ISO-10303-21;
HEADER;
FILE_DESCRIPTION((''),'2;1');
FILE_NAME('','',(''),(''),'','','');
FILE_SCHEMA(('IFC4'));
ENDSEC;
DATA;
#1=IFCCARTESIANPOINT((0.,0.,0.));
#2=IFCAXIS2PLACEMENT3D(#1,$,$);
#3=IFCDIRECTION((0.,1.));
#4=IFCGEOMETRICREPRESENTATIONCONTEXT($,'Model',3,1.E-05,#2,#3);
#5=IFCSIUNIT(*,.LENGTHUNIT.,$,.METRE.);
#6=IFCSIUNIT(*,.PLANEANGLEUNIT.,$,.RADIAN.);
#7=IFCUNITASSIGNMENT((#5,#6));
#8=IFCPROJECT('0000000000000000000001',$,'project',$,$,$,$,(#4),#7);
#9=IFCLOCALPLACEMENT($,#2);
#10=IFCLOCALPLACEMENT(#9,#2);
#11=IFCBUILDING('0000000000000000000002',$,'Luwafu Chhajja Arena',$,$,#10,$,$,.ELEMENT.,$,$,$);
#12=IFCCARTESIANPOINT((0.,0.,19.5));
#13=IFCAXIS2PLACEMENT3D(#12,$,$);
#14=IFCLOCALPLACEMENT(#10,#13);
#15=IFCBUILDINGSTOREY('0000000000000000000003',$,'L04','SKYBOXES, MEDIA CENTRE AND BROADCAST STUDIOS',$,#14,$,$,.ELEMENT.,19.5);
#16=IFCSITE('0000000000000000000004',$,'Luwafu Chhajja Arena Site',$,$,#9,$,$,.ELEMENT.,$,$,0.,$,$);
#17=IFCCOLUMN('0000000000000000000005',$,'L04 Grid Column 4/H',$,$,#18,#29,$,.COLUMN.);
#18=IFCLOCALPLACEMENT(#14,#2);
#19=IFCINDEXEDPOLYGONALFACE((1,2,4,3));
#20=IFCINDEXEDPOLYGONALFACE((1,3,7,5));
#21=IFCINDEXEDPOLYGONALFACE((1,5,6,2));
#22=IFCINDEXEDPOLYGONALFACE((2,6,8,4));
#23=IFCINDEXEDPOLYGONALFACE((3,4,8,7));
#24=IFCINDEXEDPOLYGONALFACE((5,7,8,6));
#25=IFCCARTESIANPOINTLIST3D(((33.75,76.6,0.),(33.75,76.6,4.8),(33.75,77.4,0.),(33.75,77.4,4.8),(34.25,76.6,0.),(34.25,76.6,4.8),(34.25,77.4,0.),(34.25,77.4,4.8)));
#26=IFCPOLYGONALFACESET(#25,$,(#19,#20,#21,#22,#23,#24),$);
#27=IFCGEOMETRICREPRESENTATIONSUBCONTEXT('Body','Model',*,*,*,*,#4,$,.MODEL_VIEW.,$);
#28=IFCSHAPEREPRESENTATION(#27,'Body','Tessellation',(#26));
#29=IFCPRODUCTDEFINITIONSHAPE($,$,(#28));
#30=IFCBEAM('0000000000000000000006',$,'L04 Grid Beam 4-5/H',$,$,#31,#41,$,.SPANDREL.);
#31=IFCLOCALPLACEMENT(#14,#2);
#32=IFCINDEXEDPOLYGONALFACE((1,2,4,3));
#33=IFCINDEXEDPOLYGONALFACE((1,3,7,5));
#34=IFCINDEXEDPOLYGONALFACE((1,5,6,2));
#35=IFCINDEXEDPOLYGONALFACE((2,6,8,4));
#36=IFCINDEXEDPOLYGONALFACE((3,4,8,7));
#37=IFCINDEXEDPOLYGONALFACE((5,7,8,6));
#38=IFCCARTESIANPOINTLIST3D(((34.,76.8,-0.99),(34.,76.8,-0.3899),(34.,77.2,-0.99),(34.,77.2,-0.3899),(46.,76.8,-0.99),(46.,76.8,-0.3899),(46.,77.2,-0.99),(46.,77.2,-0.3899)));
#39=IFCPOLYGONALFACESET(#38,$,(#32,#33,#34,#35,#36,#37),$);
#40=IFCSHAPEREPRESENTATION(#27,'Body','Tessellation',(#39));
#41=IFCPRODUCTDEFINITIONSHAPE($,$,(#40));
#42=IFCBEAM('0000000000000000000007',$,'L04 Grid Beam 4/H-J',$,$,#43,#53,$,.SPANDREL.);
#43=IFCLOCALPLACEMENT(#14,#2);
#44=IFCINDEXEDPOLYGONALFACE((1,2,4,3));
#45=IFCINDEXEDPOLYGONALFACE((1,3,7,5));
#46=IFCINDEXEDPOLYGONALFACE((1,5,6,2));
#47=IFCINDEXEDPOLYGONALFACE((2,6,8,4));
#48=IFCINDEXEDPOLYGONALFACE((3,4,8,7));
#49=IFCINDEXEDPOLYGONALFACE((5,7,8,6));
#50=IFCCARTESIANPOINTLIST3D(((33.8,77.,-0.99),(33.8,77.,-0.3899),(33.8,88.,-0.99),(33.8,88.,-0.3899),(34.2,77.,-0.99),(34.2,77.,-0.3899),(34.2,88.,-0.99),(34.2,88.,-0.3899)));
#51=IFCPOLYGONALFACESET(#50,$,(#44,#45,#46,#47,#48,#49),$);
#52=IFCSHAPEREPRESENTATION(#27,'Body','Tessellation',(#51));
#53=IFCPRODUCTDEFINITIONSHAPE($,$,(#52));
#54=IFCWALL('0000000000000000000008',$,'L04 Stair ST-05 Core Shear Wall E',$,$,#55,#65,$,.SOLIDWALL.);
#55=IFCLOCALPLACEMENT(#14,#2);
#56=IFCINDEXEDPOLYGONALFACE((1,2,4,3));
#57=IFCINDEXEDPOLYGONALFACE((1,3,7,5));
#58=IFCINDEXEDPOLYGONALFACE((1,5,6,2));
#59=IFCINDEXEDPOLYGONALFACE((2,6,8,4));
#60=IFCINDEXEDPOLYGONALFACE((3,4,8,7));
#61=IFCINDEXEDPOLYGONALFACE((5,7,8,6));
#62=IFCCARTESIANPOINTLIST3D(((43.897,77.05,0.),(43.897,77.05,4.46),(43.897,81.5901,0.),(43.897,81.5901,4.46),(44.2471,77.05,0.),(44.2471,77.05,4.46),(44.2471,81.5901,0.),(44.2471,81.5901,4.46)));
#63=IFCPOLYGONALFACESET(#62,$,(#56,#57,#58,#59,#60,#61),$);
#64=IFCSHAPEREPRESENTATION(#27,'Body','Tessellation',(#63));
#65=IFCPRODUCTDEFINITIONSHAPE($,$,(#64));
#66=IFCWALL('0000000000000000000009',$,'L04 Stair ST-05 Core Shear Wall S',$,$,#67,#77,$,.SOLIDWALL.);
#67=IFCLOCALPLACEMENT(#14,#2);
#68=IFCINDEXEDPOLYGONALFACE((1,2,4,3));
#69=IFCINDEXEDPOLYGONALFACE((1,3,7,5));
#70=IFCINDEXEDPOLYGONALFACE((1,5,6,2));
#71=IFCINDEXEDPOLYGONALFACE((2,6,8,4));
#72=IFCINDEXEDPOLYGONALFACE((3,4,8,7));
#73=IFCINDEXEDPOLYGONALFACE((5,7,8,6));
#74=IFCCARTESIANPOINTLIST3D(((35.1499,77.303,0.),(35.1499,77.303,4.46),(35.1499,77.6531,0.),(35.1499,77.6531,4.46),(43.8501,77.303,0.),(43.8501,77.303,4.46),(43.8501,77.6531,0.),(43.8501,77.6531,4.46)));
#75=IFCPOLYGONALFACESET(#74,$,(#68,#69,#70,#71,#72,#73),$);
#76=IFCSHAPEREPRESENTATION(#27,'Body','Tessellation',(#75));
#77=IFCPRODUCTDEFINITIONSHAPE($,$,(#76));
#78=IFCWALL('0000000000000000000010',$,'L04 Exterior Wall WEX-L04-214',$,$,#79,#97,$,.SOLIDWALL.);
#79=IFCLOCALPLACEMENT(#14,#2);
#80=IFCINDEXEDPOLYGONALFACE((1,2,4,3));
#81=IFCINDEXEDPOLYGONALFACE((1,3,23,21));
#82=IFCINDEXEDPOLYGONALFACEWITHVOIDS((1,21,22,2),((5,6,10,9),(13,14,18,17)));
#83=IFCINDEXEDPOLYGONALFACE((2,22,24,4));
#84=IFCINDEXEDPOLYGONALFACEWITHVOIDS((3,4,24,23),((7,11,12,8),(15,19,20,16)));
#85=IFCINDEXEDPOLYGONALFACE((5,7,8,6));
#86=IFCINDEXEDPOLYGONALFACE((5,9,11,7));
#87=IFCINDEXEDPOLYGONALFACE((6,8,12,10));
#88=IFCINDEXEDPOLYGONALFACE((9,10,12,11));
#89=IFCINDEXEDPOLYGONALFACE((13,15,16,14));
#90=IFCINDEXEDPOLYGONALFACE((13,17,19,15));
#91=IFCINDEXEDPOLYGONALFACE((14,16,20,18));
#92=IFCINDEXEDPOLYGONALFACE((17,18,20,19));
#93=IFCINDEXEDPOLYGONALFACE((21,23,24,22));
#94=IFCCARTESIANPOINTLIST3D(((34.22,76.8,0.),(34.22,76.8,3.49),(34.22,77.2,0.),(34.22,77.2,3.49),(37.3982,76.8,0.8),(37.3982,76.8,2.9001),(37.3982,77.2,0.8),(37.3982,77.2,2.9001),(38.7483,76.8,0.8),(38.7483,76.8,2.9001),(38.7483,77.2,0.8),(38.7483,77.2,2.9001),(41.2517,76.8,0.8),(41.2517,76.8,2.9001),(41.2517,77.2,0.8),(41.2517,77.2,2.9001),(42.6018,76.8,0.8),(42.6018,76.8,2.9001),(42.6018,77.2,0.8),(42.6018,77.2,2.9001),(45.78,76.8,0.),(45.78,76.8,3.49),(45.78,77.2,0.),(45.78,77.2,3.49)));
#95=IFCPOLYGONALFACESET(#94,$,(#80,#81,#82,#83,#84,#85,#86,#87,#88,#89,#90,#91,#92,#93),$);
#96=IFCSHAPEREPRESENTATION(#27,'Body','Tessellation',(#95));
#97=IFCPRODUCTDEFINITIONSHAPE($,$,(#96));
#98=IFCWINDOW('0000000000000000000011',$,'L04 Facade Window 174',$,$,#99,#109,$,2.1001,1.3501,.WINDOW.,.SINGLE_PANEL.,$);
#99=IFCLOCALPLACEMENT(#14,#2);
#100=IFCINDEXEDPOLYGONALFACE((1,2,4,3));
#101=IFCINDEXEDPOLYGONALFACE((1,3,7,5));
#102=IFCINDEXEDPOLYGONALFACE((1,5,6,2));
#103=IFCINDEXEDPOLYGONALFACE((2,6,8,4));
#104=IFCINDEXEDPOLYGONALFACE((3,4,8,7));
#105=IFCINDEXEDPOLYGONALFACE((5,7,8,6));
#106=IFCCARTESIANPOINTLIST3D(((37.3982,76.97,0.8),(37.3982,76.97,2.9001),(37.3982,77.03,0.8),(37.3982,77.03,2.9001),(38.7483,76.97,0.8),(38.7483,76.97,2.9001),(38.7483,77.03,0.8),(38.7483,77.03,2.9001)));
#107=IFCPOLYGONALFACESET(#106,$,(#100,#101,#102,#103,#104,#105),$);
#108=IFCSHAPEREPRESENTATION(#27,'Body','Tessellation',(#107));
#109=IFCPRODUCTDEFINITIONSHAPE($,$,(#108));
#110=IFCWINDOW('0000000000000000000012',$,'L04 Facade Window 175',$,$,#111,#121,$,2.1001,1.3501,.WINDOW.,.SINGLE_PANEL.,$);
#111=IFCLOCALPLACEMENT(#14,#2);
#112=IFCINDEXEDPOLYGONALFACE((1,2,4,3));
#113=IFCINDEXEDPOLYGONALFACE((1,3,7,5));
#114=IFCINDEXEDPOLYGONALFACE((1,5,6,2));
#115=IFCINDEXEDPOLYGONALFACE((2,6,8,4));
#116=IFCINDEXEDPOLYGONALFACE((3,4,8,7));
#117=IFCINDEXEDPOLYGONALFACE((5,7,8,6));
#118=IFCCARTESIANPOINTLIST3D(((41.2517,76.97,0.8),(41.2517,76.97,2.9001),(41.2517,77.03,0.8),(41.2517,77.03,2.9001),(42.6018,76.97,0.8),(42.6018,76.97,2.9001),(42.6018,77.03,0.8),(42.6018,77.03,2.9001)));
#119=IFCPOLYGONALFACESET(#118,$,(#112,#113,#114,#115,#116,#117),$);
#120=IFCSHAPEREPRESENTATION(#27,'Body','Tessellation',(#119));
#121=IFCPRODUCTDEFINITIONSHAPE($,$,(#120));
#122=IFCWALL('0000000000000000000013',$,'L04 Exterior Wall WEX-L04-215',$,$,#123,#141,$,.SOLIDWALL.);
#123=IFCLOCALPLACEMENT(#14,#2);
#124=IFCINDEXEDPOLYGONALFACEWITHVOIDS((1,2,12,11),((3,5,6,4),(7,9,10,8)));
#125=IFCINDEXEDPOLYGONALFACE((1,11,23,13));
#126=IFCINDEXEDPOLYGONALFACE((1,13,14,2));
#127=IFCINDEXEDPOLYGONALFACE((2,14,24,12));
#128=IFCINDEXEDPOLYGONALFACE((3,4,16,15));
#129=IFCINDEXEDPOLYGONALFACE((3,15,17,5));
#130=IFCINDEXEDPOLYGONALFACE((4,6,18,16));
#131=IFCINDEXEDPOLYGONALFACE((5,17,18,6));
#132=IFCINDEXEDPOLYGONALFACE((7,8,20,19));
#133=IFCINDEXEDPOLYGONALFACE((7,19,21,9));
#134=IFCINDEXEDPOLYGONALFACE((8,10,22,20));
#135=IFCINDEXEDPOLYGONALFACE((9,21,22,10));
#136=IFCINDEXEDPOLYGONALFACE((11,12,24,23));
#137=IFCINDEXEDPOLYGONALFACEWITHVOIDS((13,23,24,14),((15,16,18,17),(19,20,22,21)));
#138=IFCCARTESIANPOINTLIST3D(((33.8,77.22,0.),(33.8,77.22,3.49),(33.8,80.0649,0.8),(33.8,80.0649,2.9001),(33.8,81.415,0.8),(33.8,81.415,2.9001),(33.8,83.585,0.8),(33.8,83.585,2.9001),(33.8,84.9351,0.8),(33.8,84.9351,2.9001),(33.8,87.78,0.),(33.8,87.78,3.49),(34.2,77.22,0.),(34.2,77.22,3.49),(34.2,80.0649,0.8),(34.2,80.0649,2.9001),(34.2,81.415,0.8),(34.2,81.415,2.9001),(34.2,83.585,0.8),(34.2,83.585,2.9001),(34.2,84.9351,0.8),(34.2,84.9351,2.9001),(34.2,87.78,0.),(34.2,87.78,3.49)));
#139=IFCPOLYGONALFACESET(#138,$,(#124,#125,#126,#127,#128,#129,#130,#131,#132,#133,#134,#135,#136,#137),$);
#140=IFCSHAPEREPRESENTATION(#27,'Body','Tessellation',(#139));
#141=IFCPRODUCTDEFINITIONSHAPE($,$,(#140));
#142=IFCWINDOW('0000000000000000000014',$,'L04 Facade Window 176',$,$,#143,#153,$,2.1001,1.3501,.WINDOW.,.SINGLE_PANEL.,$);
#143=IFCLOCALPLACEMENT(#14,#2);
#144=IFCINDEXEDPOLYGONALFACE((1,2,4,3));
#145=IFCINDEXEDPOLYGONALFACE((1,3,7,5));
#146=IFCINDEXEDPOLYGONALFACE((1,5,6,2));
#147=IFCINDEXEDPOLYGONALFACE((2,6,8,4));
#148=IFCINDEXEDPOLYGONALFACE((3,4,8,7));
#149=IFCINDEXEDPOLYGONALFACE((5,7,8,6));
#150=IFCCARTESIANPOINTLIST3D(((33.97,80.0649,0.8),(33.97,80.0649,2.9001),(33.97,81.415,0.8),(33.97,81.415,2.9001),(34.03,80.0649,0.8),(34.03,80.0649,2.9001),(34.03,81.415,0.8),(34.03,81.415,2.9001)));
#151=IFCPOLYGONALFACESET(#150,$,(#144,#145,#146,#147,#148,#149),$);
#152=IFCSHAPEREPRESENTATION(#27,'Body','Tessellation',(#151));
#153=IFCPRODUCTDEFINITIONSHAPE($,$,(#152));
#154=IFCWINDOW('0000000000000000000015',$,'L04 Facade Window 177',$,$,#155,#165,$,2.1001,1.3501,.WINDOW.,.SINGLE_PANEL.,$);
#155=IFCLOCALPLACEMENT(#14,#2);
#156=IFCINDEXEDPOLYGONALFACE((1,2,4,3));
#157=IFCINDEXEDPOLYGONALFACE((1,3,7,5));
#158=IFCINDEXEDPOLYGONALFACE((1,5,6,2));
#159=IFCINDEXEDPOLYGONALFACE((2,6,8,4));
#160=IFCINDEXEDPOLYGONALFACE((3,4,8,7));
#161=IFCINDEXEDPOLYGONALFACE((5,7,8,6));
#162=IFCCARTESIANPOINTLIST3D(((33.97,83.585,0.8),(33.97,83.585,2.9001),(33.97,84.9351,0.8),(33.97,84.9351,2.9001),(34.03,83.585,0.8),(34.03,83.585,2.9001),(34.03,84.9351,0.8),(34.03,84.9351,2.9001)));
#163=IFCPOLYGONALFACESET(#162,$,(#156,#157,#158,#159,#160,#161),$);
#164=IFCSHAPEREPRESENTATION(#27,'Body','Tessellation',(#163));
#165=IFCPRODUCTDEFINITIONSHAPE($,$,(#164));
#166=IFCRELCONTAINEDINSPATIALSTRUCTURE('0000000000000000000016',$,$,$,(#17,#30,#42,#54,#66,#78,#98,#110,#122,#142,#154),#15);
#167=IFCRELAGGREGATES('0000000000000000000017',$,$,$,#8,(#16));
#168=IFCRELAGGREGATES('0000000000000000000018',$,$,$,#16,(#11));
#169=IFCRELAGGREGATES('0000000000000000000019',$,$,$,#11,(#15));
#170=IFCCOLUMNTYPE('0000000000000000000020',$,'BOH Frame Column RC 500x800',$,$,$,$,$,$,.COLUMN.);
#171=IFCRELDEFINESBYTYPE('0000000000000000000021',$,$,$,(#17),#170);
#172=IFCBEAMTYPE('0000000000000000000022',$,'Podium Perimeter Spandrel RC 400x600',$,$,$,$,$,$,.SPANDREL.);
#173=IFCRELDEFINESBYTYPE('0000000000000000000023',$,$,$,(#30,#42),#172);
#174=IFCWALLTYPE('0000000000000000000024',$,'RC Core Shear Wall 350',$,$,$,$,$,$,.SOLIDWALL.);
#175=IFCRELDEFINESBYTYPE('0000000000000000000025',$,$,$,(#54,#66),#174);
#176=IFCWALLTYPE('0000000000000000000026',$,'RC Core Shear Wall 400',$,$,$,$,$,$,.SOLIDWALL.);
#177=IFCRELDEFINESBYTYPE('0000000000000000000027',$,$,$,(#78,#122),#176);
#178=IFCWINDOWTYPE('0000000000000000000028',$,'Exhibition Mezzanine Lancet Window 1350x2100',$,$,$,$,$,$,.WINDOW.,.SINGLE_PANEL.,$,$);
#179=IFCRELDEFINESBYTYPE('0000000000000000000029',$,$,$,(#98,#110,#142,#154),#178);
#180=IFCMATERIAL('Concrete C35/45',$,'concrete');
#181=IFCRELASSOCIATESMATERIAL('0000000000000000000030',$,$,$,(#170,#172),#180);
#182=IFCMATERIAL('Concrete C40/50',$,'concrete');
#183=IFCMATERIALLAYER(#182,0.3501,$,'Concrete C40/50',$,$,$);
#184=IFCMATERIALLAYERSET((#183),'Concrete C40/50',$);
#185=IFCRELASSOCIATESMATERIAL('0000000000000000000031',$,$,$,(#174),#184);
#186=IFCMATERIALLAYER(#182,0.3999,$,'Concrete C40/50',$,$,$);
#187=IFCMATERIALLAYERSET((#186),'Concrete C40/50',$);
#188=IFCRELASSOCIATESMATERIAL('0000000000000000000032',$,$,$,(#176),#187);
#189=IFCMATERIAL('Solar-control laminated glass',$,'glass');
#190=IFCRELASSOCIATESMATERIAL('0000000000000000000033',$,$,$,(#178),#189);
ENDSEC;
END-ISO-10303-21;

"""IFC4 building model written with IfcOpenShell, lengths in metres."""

from ifc_helpers import new_model, si_unit, direction, frame, frame_2d, origin, origin_2d, place, context, subcontext, project, spatial, rectangle, extrude, material, layer, layer_set, material_profile, profile_set, type_object, element, fill, save


model = new_model("IFC4")

# Units and contexts
model_context = context("Model", 3, precision=1e-05, world=origin(), true_north=direction((0.0, 1.0)))
body_context = subcontext(model_context, "Body", "Model", "MODEL_VIEW")
ifc_project = project(units=[si_unit("LENGTHUNIT", "METRE"), si_unit("PLANEANGLEUNIT", "RADIAN")], contexts=[model_context])

# Site, building, storey
site_placement = place(None, origin())
site = spatial("IfcSite", under=ifc_project, at=site_placement, Name="Luwafu Chhajja Arena Site", CompositionType="ELEMENT", RefElevation=0.0)
building_placement = place(site_placement, origin())
building = spatial("IfcBuilding", under=site, at=building_placement, Name="Luwafu Chhajja Arena", CompositionType="ELEMENT")
storey_placement = place(building_placement, frame((0.0, 0.0, 19.5)))
storey = spatial("IfcBuildingStorey", under=building, at=storey_placement, Name="L04", Description="SKYBOXES, MEDIA CENTRE AND BROADCAST STUDIOS", CompositionType="ELEMENT", Elevation=19.5)

# Column
ifc_material_1 = material(Name="Concrete C35/45", Category="concrete")
ifc_material_profile_1 = material_profile(ifc_material_1, rectangle(XDim=0.5, YDim=0.8, at=origin_2d()), Name="RC 500x800")
ifc_profile_set_1 = profile_set([ifc_material_profile_1], Name="Concrete C35/45")
column_type = type_object("IfcColumnType", Name="BOH Frame Column RC 500x800", PredefinedType="COLUMN", material=ifc_profile_set_1)
column_placement = place(storey_placement, frame((34.0, 77.0, 0.0), z_axis=(0.0, 0.0, 1.0), x_axis=(1.0, 0.0, 0.0)))
element("IfcColumn", 1, at=column_placement, inside=storey, type_object=column_type, Name="L04 Grid Column 4/H", PredefinedType="COLUMN", context=body_context, shape_type="SweptSolid", body=[
    extrude(rectangle(XDim=0.5, YDim=0.8, at=origin_2d()), origin(), (0.0, 0.0, 1.0), 4.8),
])

# Beams
ifc_material_profile_2 = material_profile(ifc_material_1, rectangle(XDim=0.3999, YDim=0.6001, at=origin_2d()), Name="RC 400x600")
ifc_profile_set_2 = profile_set([ifc_material_profile_2], Name="Concrete C35/45")
beam_type = type_object("IfcBeamType", Name="Podium Perimeter Spandrel RC 400x600", PredefinedType="SPANDREL", material=ifc_profile_set_2)
beam_1_placement = place(storey_placement, frame((34.0, 77.0, -0.6899), z_axis=(1.0, 0.0, 0.0), x_axis=(0.0, 1.0, 0.0)))
element("IfcBeam", 2, at=beam_1_placement, inside=storey, type_object=beam_type, Name="L04 Grid Beam 4-5/H", PredefinedType="SPANDREL", context=body_context, shape_type="SweptSolid", body=[
    extrude(rectangle(XDim=0.3999, YDim=0.6001, at=origin_2d()), origin(), (0.0, 0.0, 1.0), 12.0),
])
beam_2_placement = place(storey_placement, frame((34.0, 77.0, -0.6899), z_axis=(0.0, 1.0, 0.0), x_axis=(-1.0, 0.0, 0.0)))
element("IfcBeam", 3, at=beam_2_placement, inside=storey, type_object=beam_type, Name="L04 Grid Beam 4/H-J", PredefinedType="SPANDREL", context=body_context, shape_type="SweptSolid", body=[
    extrude(rectangle(XDim=0.3999, YDim=0.6001, at=origin_2d()), origin(), (0.0, 0.0, 1.0), 11.0),
])

# Walls
ifc_material_2 = material(Name="Concrete C40/50", Category="concrete")
ifc_layer_1 = layer(ifc_material_2, 0.3501, Name="Concrete C40/50")
ifc_layer_set_1 = layer_set([ifc_layer_1], Name="Concrete C40/50")
wall_type_1 = type_object("IfcWallType", Name="RC Core Shear Wall 350", PredefinedType="SOLIDWALL", material=ifc_layer_set_1)
wall_1_placement = place(storey_placement, frame((44.072, 77.05, 0.0), z_axis=(0.0, 0.0, 1.0), x_axis=(0.0, 1.0, 0.0)))
element("IfcWall", 4, at=wall_1_placement, inside=storey, type_object=wall_type_1, Name="L04 Stair ST-05 Core Shear Wall E", PredefinedType="SOLIDWALL", context=body_context, shape_type="SweptSolid", body=[
    extrude(rectangle(XDim=4.54, YDim=0.3501, at=frame_2d((2.27, 0.0))), origin(), (0.0, 0.0, 1.0), 4.46),
])
wall_2_placement = place(storey_placement, frame((35.1499, 77.478, 0.0), z_axis=(0.0, 0.0, 1.0), x_axis=(1.0, 0.0, 0.0)))
element("IfcWall", 5, at=wall_2_placement, inside=storey, type_object=wall_type_1, Name="L04 Stair ST-05 Core Shear Wall S", PredefinedType="SOLIDWALL", context=body_context, shape_type="SweptSolid", body=[
    extrude(rectangle(XDim=8.7002, YDim=0.3501, at=frame_2d((4.3501, 0.0))), origin(), (0.0, 0.0, 1.0), 4.46),
])

# Walls, openings, windows
ifc_layer_2 = layer(ifc_material_2, 0.3999, Name="Concrete C40/50")
ifc_layer_set_2 = layer_set([ifc_layer_2], Name="Concrete C40/50")
wall_type_2 = type_object("IfcWallType", Name="RC Core Shear Wall 400", PredefinedType="SOLIDWALL", material=ifc_layer_set_2)
wall_3_placement = place(storey_placement, frame((34.22, 77.0, 0.0), z_axis=(0.0, 0.0, 1.0), x_axis=(1.0, 0.0, 0.0)))
wall_3 = element("IfcWall", 6, at=wall_3_placement, inside=storey, type_object=wall_type_2, Name="L04 Exterior Wall WEX-L04-214", PredefinedType="SOLIDWALL", context=body_context, shape_type="SweptSolid", body=[
    extrude(rectangle(XDim=11.5601, YDim=0.3999, at=frame_2d((5.78, 0.0))), origin(), (0.0, 0.0, 1.0), 3.49),
])
opening_1_placement = place(wall_3_placement, frame((3.1782, 0.0, 0.8)))
opening_1 = element("IfcOpeningElement", 7, at=opening_1_placement, cuts=wall_3, PredefinedType="OPENING", context=body_context, shape_type="SweptSolid", body=[
    extrude(rectangle(XDim=1.3501, YDim=2.1001, at=frame_2d((0.675, 1.05))), frame((0.0, 0.21, 0.0), z_axis=(0.0, -1.0, 0.0), x_axis=(1.0, 0.0, 0.0)), (0.0, 0.0, 1.0), 0.4199),
])
opening_2_placement = place(wall_3_placement, frame((7.0317, 0.0, 0.8)))
opening_2 = element("IfcOpeningElement", 8, at=opening_2_placement, cuts=wall_3, PredefinedType="OPENING", context=body_context, shape_type="SweptSolid", body=[
    extrude(rectangle(XDim=1.3501, YDim=2.1001, at=frame_2d((0.675, 1.05))), frame((0.0, 0.21, 0.0), z_axis=(0.0, -1.0, 0.0), x_axis=(1.0, 0.0, 0.0)), (0.0, 0.0, 1.0), 0.4199),
])
ifc_material_3 = material(Name="Solar-control laminated glass", Category="glass")
window_type = type_object("IfcWindowType", Name="Exhibition Mezzanine Lancet Window 1350x2100", PartitioningType="SINGLE_PANEL", PredefinedType="WINDOW", material=ifc_material_3)
window_1_placement = place(opening_1_placement, origin())
window_1 = element("IfcWindow", 9, at=window_1_placement, inside=storey, type_object=window_type, Name="L04 Facade Window 174", OverallHeight=2.1001, OverallWidth=1.3501, PartitioningType="SINGLE_PANEL", PredefinedType="WINDOW", context=body_context, shape_type="SweptSolid", body=[
    extrude(rectangle(XDim=1.3501, YDim=2.1001, at=frame_2d((0.675, 1.05))), frame((0.0, 0.03, 0.0), z_axis=(0.0, -1.0, 0.0), x_axis=(1.0, 0.0, 0.0)), (0.0, 0.0, 1.0), 0.0601),
])
fill(opening_1, window_1)
window_2_placement = place(opening_2_placement, origin())
window_2 = element("IfcWindow", 10, at=window_2_placement, inside=storey, type_object=window_type, Name="L04 Facade Window 175", OverallHeight=2.1001, OverallWidth=1.3501, PartitioningType="SINGLE_PANEL", PredefinedType="WINDOW", context=body_context, shape_type="SweptSolid", body=[
    extrude(rectangle(XDim=1.3501, YDim=2.1001, at=frame_2d((0.675, 1.05))), frame((0.0, 0.03, 0.0), z_axis=(0.0, -1.0, 0.0), x_axis=(1.0, 0.0, 0.0)), (0.0, 0.0, 1.0), 0.0601),
])
fill(opening_2, window_2)
wall_4_placement = place(storey_placement, frame((34.0, 77.22, 0.0), z_axis=(0.0, 0.0, 1.0), x_axis=(0.0, 1.0, 0.0)))
wall_4 = element("IfcWall", 11, at=wall_4_placement, inside=storey, type_object=wall_type_2, Name="L04 Exterior Wall WEX-L04-215", PredefinedType="SOLIDWALL", context=body_context, shape_type="SweptSolid", body=[
    extrude(rectangle(XDim=10.5601, YDim=0.3999, at=frame_2d((5.28, 0.0))), origin(), (0.0, 0.0, 1.0), 3.49),
])
opening_3_placement = place(wall_4_placement, frame((2.845, 0.0, 0.8)))
opening_3 = element("IfcOpeningElement", 12, at=opening_3_placement, cuts=wall_4, PredefinedType="OPENING", context=body_context, shape_type="SweptSolid", body=[
    extrude(rectangle(XDim=1.3501, YDim=2.1001, at=frame_2d((0.675, 1.05))), frame((0.0, 0.21, 0.0), z_axis=(0.0, -1.0, 0.0), x_axis=(1.0, 0.0, 0.0)), (0.0, 0.0, 1.0), 0.4199),
])
opening_4_placement = place(wall_4_placement, frame((6.365, 0.0, 0.8)))
opening_4 = element("IfcOpeningElement", 13, at=opening_4_placement, cuts=wall_4, PredefinedType="OPENING", context=body_context, shape_type="SweptSolid", body=[
    extrude(rectangle(XDim=1.3501, YDim=2.1001, at=frame_2d((0.675, 1.05))), frame((0.0, 0.21, 0.0), z_axis=(0.0, -1.0, 0.0), x_axis=(1.0, 0.0, 0.0)), (0.0, 0.0, 1.0), 0.4199),
])
window_3_placement = place(opening_3_placement, origin())
window_3 = element("IfcWindow", 14, at=window_3_placement, inside=storey, type_object=window_type, Name="L04 Facade Window 176", OverallHeight=2.1001, OverallWidth=1.3501, PartitioningType="SINGLE_PANEL", PredefinedType="WINDOW", context=body_context, shape_type="SweptSolid", body=[
    extrude(rectangle(XDim=1.3501, YDim=2.1001, at=frame_2d((0.675, 1.05))), frame((0.0, 0.03, 0.0), z_axis=(0.0, -1.0, 0.0), x_axis=(1.0, 0.0, 0.0)), (0.0, 0.0, 1.0), 0.0601),
])
fill(opening_3, window_3)
window_4_placement = place(opening_4_placement, origin())
window_4 = element("IfcWindow", 15, at=window_4_placement, inside=storey, type_object=window_type, Name="L04 Facade Window 177", OverallHeight=2.1001, OverallWidth=1.3501, PartitioningType="SINGLE_PANEL", PredefinedType="WINDOW", context=body_context, shape_type="SweptSolid", body=[
    extrude(rectangle(XDim=1.3501, YDim=2.1001, at=frame_2d((0.675, 1.05))), frame((0.0, 0.03, 0.0), z_axis=(0.0, -1.0, 0.0), x_axis=(1.0, 0.0, 0.0)), (0.0, 0.0, 1.0), 0.0601),
])
fill(opening_4, window_4)

save(model, "model.ifc")
